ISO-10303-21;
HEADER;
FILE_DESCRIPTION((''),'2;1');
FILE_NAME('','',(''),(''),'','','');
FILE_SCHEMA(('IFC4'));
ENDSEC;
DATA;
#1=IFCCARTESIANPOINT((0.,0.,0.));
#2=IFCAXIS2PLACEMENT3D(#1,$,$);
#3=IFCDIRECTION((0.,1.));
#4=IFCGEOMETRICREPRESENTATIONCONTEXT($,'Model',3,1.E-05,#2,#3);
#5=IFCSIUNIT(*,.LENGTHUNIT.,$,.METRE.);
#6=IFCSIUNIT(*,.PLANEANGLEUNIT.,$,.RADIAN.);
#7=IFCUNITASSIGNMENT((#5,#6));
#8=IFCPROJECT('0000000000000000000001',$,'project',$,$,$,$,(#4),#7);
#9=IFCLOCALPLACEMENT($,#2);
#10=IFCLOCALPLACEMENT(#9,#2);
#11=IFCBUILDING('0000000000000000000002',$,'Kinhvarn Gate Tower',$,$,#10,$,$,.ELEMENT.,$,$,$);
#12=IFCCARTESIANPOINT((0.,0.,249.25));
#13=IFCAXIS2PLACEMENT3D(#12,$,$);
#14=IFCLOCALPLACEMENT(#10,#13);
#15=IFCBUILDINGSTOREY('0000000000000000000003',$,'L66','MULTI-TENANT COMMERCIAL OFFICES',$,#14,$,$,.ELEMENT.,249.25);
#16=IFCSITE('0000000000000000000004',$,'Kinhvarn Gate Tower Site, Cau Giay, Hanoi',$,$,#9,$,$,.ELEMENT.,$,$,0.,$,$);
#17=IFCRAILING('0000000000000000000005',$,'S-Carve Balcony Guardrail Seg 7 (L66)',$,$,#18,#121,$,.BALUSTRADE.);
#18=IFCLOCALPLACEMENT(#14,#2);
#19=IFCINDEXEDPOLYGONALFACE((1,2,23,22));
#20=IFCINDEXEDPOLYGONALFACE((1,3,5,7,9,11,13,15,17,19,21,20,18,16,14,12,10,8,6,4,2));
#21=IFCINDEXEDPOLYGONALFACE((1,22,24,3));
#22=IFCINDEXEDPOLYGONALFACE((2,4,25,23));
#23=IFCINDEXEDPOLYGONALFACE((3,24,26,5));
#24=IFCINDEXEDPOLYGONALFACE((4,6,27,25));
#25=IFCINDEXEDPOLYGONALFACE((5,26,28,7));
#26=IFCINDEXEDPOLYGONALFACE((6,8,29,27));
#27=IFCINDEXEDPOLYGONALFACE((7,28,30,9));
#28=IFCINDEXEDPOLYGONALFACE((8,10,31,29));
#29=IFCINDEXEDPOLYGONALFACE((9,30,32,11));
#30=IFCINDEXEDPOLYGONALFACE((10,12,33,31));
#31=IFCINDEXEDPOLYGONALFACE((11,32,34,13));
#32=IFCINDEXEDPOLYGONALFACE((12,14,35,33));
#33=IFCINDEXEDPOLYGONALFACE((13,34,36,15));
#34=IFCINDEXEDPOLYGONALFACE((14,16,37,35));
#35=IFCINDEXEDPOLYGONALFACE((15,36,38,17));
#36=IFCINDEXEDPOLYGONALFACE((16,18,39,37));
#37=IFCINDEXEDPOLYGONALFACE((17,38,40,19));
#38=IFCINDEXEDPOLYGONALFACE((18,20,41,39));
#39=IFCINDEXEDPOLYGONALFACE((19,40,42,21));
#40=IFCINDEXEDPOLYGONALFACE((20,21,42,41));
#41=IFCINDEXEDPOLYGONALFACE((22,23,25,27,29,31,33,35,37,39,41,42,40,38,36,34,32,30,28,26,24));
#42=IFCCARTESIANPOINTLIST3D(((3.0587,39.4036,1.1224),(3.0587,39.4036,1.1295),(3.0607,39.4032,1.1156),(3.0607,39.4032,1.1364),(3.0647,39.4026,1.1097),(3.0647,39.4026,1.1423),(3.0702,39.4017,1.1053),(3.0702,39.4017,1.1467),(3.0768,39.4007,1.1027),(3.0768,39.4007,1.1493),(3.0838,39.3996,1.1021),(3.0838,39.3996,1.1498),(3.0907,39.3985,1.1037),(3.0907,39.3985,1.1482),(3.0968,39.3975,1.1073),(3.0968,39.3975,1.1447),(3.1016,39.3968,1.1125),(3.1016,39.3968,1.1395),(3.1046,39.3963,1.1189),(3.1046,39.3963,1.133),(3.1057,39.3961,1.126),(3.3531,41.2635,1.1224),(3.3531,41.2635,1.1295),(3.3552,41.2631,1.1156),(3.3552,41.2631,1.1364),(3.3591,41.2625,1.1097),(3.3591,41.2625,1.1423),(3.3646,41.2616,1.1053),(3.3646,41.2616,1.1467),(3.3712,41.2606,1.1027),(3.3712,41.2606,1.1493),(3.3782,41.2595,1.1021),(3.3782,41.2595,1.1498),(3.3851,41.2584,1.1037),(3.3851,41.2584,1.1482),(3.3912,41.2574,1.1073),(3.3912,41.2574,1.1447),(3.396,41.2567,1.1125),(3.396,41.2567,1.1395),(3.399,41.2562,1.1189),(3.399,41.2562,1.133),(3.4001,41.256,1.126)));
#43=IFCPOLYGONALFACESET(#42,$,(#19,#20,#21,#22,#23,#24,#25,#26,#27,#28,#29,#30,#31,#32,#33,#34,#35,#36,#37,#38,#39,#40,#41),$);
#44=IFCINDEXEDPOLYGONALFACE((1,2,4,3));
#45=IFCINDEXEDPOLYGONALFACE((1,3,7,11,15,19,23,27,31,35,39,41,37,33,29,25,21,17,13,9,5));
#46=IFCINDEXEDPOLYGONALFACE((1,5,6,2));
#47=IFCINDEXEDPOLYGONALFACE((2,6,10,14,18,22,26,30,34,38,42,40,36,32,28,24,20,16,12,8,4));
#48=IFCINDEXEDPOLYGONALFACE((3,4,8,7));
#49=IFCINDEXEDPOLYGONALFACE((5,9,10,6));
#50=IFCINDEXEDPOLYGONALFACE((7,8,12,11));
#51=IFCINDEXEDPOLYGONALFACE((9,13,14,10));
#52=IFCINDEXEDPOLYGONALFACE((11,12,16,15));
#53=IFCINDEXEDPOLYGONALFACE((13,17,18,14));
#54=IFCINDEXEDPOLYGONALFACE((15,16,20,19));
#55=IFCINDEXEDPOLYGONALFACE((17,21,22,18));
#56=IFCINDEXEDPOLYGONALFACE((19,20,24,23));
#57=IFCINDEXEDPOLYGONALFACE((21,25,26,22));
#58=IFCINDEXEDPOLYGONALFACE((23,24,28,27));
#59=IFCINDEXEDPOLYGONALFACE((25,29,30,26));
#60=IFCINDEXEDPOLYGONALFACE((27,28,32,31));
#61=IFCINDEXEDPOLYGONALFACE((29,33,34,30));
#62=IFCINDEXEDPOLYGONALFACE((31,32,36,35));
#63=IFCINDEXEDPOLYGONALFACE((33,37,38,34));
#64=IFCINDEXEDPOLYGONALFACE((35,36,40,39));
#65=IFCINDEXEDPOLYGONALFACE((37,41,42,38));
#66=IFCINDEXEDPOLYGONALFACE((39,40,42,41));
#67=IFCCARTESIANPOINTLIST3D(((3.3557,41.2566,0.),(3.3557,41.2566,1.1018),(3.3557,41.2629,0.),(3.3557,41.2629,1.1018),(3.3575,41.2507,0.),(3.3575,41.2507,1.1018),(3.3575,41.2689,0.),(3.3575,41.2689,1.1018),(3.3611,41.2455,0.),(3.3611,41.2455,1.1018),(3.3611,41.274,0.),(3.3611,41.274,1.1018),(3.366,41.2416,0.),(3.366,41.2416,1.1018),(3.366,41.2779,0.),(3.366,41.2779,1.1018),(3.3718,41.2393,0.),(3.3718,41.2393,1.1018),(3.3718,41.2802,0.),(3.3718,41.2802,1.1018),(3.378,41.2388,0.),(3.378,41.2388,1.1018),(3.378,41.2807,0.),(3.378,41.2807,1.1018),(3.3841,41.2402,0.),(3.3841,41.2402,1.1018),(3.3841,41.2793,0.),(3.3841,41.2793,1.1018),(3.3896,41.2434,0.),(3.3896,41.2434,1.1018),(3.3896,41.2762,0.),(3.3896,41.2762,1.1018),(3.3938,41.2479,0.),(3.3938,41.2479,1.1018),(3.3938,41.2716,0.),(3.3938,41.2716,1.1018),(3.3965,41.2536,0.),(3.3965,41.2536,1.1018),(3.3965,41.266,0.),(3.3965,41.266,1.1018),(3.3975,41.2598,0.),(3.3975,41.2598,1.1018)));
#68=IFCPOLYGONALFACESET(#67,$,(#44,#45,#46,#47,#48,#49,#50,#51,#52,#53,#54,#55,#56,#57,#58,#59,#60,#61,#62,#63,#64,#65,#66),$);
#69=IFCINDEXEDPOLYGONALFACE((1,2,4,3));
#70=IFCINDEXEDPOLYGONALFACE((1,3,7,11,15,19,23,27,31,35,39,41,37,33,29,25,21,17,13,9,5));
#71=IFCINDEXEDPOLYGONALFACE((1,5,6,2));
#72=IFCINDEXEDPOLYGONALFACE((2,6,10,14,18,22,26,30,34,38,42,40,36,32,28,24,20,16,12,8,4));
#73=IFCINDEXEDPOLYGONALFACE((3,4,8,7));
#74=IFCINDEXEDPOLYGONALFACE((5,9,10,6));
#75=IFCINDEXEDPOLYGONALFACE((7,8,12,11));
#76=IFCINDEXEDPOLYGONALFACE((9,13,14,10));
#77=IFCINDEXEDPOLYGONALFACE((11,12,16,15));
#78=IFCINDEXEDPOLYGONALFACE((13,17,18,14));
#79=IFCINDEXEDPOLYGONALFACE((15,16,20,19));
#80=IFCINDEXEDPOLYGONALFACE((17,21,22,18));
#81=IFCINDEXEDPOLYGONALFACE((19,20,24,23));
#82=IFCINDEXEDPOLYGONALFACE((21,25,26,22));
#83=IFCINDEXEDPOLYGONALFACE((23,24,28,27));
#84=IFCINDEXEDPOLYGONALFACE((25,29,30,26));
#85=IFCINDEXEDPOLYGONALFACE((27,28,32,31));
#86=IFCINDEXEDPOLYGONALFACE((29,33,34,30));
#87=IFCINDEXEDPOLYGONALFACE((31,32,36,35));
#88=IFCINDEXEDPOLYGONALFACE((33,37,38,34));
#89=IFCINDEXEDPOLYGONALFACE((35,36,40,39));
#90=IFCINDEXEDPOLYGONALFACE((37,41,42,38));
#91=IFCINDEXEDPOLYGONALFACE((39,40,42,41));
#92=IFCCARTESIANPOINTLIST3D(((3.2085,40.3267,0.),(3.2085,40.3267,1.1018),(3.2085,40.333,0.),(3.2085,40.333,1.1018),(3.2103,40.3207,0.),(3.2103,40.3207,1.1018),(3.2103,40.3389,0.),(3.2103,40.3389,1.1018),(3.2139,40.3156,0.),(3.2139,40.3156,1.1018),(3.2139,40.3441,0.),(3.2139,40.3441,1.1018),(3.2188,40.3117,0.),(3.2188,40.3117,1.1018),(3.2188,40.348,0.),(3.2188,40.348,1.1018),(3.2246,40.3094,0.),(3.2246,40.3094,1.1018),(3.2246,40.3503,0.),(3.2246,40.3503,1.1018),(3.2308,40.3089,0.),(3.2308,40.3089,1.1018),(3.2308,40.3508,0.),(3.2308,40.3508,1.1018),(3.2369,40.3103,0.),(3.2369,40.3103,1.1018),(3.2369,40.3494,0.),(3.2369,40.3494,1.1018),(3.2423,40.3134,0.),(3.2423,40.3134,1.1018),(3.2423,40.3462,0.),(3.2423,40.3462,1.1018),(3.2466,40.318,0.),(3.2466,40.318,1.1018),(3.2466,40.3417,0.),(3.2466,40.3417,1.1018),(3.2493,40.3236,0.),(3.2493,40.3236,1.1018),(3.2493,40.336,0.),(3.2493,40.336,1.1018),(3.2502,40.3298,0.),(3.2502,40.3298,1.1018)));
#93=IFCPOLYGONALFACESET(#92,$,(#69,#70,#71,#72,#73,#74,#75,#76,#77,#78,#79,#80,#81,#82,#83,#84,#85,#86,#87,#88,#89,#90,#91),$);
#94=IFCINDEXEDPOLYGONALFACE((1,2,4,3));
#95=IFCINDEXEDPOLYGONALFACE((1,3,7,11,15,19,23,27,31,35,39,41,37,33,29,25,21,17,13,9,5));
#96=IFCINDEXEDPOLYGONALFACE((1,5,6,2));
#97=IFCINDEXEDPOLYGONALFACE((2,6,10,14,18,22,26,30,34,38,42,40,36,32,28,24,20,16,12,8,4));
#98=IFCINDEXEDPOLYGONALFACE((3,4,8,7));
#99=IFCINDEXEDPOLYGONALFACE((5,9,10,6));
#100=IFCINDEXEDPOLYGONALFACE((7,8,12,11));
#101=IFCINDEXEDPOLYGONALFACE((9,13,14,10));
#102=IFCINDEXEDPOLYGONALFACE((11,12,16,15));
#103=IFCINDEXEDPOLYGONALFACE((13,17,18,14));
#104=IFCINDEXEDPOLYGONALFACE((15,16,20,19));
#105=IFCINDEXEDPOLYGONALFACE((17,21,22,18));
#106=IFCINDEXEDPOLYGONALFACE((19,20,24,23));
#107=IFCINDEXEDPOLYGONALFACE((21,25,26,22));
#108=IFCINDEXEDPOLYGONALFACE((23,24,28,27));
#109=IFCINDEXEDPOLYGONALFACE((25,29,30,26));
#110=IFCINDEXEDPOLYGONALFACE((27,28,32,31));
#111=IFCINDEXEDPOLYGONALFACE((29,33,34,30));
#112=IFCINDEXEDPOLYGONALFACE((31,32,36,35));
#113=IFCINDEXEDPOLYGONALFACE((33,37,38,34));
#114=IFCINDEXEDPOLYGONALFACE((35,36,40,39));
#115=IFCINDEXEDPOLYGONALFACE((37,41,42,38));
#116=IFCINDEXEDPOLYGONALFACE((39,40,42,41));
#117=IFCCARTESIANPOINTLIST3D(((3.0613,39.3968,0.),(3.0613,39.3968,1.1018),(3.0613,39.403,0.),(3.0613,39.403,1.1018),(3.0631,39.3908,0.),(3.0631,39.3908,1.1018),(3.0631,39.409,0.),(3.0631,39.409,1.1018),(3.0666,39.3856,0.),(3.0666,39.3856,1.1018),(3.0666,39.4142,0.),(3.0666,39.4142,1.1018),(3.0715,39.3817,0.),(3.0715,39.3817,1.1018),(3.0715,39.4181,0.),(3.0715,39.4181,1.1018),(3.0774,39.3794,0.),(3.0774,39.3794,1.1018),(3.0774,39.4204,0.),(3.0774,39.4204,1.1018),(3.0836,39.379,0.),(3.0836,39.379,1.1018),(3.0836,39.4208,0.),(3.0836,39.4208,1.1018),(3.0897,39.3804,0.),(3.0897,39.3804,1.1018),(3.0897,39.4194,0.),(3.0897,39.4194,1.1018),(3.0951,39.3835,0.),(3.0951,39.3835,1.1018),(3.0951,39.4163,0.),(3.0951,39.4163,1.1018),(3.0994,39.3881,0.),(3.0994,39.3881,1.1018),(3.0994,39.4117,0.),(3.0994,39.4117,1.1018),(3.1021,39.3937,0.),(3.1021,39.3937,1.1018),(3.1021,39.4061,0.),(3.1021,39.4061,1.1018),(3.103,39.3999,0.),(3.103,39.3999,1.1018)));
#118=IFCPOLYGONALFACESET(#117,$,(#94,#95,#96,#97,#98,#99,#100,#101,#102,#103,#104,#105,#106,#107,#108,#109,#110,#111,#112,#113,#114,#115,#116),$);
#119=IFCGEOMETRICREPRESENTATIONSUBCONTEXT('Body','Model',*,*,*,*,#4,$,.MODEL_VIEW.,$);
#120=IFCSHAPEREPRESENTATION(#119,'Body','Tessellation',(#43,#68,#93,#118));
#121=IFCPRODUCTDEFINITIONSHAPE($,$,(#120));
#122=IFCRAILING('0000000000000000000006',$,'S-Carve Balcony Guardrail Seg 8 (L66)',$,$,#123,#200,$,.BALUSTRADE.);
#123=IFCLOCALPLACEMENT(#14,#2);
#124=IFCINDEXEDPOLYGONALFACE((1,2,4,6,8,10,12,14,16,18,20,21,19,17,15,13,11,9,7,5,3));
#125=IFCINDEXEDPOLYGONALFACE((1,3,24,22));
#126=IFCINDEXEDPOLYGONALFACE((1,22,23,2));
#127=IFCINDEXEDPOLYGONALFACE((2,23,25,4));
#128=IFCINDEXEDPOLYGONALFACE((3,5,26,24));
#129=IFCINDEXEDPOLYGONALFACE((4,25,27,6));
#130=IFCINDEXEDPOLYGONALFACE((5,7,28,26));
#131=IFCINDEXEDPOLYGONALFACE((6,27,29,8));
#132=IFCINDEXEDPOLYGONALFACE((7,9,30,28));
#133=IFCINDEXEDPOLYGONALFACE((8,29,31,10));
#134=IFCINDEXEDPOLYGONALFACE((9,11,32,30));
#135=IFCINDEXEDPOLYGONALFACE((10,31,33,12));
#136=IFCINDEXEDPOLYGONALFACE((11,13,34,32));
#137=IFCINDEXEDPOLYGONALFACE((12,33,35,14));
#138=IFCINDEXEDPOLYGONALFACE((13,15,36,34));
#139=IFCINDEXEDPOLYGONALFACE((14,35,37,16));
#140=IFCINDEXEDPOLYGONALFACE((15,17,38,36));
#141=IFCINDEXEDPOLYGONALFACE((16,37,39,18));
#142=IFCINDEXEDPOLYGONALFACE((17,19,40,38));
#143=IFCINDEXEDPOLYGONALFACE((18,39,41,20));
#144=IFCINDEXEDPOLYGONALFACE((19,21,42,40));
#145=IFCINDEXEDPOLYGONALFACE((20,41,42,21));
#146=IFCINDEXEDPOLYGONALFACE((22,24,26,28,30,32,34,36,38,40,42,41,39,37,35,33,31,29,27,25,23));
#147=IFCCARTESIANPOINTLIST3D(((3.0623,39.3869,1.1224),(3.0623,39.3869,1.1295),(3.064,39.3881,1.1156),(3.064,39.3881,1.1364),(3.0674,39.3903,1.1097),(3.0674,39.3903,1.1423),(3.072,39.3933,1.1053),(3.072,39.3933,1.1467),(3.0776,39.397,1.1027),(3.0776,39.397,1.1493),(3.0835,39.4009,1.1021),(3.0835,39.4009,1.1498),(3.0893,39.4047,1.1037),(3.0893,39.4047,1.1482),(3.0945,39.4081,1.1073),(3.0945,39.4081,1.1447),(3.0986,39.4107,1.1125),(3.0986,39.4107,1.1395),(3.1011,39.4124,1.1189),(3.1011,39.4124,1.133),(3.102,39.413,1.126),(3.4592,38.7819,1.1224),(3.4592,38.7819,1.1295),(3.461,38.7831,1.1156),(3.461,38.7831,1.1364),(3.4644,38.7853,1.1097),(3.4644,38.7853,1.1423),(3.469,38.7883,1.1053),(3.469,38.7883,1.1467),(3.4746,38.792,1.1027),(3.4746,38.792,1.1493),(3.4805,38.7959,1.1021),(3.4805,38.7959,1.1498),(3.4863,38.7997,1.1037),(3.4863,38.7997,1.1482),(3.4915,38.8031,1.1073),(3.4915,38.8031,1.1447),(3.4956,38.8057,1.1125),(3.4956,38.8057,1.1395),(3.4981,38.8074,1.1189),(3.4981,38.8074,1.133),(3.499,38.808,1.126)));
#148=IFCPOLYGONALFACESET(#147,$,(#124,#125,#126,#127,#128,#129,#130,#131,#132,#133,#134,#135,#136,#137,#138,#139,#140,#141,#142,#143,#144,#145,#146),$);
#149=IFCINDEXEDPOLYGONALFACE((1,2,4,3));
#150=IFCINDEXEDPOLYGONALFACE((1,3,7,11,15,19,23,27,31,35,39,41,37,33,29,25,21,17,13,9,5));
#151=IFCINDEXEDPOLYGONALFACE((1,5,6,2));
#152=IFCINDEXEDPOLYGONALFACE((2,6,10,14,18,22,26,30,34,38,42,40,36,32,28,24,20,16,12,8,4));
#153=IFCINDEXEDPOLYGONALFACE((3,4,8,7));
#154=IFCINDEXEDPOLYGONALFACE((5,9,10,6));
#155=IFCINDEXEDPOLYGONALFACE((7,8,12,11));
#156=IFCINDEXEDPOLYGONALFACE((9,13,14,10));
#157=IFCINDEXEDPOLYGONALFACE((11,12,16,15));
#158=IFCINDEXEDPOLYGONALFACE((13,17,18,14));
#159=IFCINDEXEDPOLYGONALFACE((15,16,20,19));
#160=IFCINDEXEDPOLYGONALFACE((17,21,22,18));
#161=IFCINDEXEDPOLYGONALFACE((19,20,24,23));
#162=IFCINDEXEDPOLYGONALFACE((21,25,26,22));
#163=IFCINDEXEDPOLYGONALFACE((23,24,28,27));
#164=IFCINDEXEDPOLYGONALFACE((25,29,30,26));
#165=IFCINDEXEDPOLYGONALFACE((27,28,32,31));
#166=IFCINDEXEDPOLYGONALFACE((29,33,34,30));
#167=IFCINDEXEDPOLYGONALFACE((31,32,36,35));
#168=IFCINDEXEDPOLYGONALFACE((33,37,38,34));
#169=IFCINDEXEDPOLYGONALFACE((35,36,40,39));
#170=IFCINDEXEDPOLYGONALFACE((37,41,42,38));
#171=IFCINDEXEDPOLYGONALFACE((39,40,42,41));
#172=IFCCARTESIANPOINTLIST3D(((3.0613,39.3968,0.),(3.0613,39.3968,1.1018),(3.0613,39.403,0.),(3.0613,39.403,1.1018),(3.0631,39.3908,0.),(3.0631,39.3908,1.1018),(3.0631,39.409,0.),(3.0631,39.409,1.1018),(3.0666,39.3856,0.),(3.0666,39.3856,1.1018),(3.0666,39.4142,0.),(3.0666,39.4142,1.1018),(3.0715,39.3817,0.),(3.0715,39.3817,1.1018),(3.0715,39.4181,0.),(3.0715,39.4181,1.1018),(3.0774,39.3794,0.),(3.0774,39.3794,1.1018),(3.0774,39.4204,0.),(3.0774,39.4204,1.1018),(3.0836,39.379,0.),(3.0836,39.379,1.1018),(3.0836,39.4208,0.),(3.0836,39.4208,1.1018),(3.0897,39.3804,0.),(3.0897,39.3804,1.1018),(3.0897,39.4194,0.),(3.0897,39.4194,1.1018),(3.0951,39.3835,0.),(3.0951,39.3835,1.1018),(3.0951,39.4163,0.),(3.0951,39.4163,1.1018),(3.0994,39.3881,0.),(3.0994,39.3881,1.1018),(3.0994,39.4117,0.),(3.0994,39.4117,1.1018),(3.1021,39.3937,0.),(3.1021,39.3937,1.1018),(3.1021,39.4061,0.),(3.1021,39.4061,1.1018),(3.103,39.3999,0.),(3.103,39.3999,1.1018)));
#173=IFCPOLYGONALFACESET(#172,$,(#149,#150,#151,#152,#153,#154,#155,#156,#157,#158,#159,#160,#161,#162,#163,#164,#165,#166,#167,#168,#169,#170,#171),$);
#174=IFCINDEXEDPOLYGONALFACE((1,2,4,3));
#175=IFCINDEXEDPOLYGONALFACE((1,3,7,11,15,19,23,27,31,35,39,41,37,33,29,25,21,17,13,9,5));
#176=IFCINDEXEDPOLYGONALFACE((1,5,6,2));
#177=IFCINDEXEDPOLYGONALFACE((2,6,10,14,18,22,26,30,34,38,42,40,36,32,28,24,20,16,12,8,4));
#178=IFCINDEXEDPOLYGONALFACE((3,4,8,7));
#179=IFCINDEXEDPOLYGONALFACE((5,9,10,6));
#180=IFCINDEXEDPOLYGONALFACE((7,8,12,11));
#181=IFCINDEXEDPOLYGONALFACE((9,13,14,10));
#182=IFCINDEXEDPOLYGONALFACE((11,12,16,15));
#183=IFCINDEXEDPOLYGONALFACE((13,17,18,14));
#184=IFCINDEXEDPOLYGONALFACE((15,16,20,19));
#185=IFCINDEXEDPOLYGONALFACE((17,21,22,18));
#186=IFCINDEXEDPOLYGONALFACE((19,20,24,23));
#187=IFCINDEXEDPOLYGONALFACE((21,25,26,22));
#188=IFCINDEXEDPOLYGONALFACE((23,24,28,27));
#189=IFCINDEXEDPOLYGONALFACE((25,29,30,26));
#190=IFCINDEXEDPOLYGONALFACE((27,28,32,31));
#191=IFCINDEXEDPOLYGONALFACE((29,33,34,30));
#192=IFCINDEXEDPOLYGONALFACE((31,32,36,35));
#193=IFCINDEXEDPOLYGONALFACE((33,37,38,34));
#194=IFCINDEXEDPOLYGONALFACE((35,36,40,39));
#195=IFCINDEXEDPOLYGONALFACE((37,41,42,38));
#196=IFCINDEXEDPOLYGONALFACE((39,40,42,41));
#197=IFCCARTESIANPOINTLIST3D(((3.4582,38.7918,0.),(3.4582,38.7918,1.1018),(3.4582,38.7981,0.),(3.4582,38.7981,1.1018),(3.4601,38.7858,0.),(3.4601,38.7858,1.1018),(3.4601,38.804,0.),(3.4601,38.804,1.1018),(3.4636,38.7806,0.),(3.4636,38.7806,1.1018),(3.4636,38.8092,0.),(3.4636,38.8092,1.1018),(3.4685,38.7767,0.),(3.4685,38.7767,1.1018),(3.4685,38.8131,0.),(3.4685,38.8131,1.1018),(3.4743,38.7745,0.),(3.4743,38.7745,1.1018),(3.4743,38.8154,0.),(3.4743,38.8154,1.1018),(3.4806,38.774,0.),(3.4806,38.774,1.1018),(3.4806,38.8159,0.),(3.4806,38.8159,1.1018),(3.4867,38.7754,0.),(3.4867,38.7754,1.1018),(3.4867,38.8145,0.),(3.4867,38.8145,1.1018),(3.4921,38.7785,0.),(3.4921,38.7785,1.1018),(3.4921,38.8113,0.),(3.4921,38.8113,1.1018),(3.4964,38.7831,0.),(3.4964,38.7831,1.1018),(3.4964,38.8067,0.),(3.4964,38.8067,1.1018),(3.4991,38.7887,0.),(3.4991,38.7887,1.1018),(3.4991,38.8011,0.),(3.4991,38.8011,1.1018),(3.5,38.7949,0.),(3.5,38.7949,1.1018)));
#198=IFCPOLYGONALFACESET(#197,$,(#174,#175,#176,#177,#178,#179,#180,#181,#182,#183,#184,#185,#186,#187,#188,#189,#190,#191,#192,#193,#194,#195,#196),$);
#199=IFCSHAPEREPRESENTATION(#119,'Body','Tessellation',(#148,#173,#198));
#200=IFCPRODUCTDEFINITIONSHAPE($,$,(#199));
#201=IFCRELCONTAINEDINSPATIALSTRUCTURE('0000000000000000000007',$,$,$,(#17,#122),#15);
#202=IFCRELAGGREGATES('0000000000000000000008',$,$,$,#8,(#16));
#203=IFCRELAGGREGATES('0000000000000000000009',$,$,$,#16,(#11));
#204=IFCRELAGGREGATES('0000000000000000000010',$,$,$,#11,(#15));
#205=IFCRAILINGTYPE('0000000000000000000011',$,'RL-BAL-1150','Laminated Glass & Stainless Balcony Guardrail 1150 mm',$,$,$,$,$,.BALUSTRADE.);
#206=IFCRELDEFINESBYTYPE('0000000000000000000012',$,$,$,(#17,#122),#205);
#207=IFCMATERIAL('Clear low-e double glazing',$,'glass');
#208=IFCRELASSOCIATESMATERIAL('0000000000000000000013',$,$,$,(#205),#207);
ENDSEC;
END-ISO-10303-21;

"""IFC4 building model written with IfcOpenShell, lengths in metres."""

from ifc_helpers import new_model, si_unit, direction, frame, origin, origin_2d, place, context, subcontext, project, spatial, circle, extrude, material, type_object, element, save


model = new_model("IFC4")

# Units and contexts
model_context = context("Model", 3, precision=1e-05, world=origin(), true_north=direction((0.0, 1.0)))
body_context = subcontext(model_context, "Body", "Model", "MODEL_VIEW")
ifc_project = project(units=[si_unit("LENGTHUNIT", "METRE"), si_unit("PLANEANGLEUNIT", "RADIAN")], contexts=[model_context])

# Site, building, storey
site_placement = place(None, origin())
site = spatial("IfcSite", under=ifc_project, at=site_placement, Name="Kinhvarn Gate Tower Site, Cau Giay, Hanoi", CompositionType="ELEMENT", RefElevation=0.0)
building_placement = place(site_placement, origin())
building = spatial("IfcBuilding", under=site, at=building_placement, Name="Kinhvarn Gate Tower", CompositionType="ELEMENT")
storey_placement = place(building_placement, frame((0.0, 0.0, 249.25)))
storey = spatial("IfcBuildingStorey", under=building, at=storey_placement, Name="L66", Description="MULTI-TENANT COMMERCIAL OFFICES", CompositionType="ELEMENT", Elevation=249.25)

# Shared definitions
ifc_material_1 = material(Name="Clear low-e double glazing", Category="glass")

# Railings
railing_type = type_object("IfcRailingType", Name="RL-BAL-1150", Description="Laminated Glass & Stainless Balcony Guardrail 1150 mm", PredefinedType="BALUSTRADE", material=ifc_material_1)
railing_1_placement = place(storey_placement, frame((3.3765, 41.2598, 0.0)))
element("IfcRailing", 1, at=railing_1_placement, inside=storey, type_object=railing_type, Name="S-Carve Balcony Guardrail Seg 7 (L66)", PredefinedType="BALUSTRADE", context=body_context, shape_type="SweptSolid", body=[
    extrude(circle(Radius=0.0239, at=origin_2d()), frame((0.0, 0.0, 1.126), z_axis=(-0.156362, -0.9877, 0.0), x_axis=(0.9877, -0.156362, 0.0)), (0.0, 0.0, 1.0), 1.8831),
    extrude(circle(Radius=0.021, at=origin_2d()), origin(), (0.0, 0.0, 1.0), 1.1018),
    extrude(circle(Radius=0.021, at=origin_2d()), frame((-0.1472, -0.9299, 0.0)), (0.0, 0.0, 1.0), 1.1018),
    extrude(circle(Radius=0.021, at=origin_2d()), frame((-0.2944, -1.8599, 0.0)), (0.0, 0.0, 1.0), 1.1018),
])
railing_2_placement = place(storey_placement, frame((3.082, 39.3999, 0.0)))
element("IfcRailing", 2, at=railing_2_placement, inside=storey, type_object=railing_type, Name="S-Carve Balcony Guardrail Seg 8 (L66)", PredefinedType="BALUSTRADE", context=body_context, shape_type="SweptSolid", body=[
    extrude(circle(Radius=0.0239, at=origin_2d()), frame((0.0, 0.0, 1.126), z_axis=(0.548612, -0.836077, 0.0), x_axis=(0.836077, 0.548612, 0.0)), (0.0, 0.0, 1.0), 0.7236),
    extrude(circle(Radius=0.021, at=origin_2d()), origin(), (0.0, 0.0, 1.0), 1.1018),
    extrude(circle(Radius=0.021, at=origin_2d()), frame((0.397, -0.605, 0.0)), (0.0, 0.0, 1.0), 1.1018),
])

save(model, "model.ifc")
